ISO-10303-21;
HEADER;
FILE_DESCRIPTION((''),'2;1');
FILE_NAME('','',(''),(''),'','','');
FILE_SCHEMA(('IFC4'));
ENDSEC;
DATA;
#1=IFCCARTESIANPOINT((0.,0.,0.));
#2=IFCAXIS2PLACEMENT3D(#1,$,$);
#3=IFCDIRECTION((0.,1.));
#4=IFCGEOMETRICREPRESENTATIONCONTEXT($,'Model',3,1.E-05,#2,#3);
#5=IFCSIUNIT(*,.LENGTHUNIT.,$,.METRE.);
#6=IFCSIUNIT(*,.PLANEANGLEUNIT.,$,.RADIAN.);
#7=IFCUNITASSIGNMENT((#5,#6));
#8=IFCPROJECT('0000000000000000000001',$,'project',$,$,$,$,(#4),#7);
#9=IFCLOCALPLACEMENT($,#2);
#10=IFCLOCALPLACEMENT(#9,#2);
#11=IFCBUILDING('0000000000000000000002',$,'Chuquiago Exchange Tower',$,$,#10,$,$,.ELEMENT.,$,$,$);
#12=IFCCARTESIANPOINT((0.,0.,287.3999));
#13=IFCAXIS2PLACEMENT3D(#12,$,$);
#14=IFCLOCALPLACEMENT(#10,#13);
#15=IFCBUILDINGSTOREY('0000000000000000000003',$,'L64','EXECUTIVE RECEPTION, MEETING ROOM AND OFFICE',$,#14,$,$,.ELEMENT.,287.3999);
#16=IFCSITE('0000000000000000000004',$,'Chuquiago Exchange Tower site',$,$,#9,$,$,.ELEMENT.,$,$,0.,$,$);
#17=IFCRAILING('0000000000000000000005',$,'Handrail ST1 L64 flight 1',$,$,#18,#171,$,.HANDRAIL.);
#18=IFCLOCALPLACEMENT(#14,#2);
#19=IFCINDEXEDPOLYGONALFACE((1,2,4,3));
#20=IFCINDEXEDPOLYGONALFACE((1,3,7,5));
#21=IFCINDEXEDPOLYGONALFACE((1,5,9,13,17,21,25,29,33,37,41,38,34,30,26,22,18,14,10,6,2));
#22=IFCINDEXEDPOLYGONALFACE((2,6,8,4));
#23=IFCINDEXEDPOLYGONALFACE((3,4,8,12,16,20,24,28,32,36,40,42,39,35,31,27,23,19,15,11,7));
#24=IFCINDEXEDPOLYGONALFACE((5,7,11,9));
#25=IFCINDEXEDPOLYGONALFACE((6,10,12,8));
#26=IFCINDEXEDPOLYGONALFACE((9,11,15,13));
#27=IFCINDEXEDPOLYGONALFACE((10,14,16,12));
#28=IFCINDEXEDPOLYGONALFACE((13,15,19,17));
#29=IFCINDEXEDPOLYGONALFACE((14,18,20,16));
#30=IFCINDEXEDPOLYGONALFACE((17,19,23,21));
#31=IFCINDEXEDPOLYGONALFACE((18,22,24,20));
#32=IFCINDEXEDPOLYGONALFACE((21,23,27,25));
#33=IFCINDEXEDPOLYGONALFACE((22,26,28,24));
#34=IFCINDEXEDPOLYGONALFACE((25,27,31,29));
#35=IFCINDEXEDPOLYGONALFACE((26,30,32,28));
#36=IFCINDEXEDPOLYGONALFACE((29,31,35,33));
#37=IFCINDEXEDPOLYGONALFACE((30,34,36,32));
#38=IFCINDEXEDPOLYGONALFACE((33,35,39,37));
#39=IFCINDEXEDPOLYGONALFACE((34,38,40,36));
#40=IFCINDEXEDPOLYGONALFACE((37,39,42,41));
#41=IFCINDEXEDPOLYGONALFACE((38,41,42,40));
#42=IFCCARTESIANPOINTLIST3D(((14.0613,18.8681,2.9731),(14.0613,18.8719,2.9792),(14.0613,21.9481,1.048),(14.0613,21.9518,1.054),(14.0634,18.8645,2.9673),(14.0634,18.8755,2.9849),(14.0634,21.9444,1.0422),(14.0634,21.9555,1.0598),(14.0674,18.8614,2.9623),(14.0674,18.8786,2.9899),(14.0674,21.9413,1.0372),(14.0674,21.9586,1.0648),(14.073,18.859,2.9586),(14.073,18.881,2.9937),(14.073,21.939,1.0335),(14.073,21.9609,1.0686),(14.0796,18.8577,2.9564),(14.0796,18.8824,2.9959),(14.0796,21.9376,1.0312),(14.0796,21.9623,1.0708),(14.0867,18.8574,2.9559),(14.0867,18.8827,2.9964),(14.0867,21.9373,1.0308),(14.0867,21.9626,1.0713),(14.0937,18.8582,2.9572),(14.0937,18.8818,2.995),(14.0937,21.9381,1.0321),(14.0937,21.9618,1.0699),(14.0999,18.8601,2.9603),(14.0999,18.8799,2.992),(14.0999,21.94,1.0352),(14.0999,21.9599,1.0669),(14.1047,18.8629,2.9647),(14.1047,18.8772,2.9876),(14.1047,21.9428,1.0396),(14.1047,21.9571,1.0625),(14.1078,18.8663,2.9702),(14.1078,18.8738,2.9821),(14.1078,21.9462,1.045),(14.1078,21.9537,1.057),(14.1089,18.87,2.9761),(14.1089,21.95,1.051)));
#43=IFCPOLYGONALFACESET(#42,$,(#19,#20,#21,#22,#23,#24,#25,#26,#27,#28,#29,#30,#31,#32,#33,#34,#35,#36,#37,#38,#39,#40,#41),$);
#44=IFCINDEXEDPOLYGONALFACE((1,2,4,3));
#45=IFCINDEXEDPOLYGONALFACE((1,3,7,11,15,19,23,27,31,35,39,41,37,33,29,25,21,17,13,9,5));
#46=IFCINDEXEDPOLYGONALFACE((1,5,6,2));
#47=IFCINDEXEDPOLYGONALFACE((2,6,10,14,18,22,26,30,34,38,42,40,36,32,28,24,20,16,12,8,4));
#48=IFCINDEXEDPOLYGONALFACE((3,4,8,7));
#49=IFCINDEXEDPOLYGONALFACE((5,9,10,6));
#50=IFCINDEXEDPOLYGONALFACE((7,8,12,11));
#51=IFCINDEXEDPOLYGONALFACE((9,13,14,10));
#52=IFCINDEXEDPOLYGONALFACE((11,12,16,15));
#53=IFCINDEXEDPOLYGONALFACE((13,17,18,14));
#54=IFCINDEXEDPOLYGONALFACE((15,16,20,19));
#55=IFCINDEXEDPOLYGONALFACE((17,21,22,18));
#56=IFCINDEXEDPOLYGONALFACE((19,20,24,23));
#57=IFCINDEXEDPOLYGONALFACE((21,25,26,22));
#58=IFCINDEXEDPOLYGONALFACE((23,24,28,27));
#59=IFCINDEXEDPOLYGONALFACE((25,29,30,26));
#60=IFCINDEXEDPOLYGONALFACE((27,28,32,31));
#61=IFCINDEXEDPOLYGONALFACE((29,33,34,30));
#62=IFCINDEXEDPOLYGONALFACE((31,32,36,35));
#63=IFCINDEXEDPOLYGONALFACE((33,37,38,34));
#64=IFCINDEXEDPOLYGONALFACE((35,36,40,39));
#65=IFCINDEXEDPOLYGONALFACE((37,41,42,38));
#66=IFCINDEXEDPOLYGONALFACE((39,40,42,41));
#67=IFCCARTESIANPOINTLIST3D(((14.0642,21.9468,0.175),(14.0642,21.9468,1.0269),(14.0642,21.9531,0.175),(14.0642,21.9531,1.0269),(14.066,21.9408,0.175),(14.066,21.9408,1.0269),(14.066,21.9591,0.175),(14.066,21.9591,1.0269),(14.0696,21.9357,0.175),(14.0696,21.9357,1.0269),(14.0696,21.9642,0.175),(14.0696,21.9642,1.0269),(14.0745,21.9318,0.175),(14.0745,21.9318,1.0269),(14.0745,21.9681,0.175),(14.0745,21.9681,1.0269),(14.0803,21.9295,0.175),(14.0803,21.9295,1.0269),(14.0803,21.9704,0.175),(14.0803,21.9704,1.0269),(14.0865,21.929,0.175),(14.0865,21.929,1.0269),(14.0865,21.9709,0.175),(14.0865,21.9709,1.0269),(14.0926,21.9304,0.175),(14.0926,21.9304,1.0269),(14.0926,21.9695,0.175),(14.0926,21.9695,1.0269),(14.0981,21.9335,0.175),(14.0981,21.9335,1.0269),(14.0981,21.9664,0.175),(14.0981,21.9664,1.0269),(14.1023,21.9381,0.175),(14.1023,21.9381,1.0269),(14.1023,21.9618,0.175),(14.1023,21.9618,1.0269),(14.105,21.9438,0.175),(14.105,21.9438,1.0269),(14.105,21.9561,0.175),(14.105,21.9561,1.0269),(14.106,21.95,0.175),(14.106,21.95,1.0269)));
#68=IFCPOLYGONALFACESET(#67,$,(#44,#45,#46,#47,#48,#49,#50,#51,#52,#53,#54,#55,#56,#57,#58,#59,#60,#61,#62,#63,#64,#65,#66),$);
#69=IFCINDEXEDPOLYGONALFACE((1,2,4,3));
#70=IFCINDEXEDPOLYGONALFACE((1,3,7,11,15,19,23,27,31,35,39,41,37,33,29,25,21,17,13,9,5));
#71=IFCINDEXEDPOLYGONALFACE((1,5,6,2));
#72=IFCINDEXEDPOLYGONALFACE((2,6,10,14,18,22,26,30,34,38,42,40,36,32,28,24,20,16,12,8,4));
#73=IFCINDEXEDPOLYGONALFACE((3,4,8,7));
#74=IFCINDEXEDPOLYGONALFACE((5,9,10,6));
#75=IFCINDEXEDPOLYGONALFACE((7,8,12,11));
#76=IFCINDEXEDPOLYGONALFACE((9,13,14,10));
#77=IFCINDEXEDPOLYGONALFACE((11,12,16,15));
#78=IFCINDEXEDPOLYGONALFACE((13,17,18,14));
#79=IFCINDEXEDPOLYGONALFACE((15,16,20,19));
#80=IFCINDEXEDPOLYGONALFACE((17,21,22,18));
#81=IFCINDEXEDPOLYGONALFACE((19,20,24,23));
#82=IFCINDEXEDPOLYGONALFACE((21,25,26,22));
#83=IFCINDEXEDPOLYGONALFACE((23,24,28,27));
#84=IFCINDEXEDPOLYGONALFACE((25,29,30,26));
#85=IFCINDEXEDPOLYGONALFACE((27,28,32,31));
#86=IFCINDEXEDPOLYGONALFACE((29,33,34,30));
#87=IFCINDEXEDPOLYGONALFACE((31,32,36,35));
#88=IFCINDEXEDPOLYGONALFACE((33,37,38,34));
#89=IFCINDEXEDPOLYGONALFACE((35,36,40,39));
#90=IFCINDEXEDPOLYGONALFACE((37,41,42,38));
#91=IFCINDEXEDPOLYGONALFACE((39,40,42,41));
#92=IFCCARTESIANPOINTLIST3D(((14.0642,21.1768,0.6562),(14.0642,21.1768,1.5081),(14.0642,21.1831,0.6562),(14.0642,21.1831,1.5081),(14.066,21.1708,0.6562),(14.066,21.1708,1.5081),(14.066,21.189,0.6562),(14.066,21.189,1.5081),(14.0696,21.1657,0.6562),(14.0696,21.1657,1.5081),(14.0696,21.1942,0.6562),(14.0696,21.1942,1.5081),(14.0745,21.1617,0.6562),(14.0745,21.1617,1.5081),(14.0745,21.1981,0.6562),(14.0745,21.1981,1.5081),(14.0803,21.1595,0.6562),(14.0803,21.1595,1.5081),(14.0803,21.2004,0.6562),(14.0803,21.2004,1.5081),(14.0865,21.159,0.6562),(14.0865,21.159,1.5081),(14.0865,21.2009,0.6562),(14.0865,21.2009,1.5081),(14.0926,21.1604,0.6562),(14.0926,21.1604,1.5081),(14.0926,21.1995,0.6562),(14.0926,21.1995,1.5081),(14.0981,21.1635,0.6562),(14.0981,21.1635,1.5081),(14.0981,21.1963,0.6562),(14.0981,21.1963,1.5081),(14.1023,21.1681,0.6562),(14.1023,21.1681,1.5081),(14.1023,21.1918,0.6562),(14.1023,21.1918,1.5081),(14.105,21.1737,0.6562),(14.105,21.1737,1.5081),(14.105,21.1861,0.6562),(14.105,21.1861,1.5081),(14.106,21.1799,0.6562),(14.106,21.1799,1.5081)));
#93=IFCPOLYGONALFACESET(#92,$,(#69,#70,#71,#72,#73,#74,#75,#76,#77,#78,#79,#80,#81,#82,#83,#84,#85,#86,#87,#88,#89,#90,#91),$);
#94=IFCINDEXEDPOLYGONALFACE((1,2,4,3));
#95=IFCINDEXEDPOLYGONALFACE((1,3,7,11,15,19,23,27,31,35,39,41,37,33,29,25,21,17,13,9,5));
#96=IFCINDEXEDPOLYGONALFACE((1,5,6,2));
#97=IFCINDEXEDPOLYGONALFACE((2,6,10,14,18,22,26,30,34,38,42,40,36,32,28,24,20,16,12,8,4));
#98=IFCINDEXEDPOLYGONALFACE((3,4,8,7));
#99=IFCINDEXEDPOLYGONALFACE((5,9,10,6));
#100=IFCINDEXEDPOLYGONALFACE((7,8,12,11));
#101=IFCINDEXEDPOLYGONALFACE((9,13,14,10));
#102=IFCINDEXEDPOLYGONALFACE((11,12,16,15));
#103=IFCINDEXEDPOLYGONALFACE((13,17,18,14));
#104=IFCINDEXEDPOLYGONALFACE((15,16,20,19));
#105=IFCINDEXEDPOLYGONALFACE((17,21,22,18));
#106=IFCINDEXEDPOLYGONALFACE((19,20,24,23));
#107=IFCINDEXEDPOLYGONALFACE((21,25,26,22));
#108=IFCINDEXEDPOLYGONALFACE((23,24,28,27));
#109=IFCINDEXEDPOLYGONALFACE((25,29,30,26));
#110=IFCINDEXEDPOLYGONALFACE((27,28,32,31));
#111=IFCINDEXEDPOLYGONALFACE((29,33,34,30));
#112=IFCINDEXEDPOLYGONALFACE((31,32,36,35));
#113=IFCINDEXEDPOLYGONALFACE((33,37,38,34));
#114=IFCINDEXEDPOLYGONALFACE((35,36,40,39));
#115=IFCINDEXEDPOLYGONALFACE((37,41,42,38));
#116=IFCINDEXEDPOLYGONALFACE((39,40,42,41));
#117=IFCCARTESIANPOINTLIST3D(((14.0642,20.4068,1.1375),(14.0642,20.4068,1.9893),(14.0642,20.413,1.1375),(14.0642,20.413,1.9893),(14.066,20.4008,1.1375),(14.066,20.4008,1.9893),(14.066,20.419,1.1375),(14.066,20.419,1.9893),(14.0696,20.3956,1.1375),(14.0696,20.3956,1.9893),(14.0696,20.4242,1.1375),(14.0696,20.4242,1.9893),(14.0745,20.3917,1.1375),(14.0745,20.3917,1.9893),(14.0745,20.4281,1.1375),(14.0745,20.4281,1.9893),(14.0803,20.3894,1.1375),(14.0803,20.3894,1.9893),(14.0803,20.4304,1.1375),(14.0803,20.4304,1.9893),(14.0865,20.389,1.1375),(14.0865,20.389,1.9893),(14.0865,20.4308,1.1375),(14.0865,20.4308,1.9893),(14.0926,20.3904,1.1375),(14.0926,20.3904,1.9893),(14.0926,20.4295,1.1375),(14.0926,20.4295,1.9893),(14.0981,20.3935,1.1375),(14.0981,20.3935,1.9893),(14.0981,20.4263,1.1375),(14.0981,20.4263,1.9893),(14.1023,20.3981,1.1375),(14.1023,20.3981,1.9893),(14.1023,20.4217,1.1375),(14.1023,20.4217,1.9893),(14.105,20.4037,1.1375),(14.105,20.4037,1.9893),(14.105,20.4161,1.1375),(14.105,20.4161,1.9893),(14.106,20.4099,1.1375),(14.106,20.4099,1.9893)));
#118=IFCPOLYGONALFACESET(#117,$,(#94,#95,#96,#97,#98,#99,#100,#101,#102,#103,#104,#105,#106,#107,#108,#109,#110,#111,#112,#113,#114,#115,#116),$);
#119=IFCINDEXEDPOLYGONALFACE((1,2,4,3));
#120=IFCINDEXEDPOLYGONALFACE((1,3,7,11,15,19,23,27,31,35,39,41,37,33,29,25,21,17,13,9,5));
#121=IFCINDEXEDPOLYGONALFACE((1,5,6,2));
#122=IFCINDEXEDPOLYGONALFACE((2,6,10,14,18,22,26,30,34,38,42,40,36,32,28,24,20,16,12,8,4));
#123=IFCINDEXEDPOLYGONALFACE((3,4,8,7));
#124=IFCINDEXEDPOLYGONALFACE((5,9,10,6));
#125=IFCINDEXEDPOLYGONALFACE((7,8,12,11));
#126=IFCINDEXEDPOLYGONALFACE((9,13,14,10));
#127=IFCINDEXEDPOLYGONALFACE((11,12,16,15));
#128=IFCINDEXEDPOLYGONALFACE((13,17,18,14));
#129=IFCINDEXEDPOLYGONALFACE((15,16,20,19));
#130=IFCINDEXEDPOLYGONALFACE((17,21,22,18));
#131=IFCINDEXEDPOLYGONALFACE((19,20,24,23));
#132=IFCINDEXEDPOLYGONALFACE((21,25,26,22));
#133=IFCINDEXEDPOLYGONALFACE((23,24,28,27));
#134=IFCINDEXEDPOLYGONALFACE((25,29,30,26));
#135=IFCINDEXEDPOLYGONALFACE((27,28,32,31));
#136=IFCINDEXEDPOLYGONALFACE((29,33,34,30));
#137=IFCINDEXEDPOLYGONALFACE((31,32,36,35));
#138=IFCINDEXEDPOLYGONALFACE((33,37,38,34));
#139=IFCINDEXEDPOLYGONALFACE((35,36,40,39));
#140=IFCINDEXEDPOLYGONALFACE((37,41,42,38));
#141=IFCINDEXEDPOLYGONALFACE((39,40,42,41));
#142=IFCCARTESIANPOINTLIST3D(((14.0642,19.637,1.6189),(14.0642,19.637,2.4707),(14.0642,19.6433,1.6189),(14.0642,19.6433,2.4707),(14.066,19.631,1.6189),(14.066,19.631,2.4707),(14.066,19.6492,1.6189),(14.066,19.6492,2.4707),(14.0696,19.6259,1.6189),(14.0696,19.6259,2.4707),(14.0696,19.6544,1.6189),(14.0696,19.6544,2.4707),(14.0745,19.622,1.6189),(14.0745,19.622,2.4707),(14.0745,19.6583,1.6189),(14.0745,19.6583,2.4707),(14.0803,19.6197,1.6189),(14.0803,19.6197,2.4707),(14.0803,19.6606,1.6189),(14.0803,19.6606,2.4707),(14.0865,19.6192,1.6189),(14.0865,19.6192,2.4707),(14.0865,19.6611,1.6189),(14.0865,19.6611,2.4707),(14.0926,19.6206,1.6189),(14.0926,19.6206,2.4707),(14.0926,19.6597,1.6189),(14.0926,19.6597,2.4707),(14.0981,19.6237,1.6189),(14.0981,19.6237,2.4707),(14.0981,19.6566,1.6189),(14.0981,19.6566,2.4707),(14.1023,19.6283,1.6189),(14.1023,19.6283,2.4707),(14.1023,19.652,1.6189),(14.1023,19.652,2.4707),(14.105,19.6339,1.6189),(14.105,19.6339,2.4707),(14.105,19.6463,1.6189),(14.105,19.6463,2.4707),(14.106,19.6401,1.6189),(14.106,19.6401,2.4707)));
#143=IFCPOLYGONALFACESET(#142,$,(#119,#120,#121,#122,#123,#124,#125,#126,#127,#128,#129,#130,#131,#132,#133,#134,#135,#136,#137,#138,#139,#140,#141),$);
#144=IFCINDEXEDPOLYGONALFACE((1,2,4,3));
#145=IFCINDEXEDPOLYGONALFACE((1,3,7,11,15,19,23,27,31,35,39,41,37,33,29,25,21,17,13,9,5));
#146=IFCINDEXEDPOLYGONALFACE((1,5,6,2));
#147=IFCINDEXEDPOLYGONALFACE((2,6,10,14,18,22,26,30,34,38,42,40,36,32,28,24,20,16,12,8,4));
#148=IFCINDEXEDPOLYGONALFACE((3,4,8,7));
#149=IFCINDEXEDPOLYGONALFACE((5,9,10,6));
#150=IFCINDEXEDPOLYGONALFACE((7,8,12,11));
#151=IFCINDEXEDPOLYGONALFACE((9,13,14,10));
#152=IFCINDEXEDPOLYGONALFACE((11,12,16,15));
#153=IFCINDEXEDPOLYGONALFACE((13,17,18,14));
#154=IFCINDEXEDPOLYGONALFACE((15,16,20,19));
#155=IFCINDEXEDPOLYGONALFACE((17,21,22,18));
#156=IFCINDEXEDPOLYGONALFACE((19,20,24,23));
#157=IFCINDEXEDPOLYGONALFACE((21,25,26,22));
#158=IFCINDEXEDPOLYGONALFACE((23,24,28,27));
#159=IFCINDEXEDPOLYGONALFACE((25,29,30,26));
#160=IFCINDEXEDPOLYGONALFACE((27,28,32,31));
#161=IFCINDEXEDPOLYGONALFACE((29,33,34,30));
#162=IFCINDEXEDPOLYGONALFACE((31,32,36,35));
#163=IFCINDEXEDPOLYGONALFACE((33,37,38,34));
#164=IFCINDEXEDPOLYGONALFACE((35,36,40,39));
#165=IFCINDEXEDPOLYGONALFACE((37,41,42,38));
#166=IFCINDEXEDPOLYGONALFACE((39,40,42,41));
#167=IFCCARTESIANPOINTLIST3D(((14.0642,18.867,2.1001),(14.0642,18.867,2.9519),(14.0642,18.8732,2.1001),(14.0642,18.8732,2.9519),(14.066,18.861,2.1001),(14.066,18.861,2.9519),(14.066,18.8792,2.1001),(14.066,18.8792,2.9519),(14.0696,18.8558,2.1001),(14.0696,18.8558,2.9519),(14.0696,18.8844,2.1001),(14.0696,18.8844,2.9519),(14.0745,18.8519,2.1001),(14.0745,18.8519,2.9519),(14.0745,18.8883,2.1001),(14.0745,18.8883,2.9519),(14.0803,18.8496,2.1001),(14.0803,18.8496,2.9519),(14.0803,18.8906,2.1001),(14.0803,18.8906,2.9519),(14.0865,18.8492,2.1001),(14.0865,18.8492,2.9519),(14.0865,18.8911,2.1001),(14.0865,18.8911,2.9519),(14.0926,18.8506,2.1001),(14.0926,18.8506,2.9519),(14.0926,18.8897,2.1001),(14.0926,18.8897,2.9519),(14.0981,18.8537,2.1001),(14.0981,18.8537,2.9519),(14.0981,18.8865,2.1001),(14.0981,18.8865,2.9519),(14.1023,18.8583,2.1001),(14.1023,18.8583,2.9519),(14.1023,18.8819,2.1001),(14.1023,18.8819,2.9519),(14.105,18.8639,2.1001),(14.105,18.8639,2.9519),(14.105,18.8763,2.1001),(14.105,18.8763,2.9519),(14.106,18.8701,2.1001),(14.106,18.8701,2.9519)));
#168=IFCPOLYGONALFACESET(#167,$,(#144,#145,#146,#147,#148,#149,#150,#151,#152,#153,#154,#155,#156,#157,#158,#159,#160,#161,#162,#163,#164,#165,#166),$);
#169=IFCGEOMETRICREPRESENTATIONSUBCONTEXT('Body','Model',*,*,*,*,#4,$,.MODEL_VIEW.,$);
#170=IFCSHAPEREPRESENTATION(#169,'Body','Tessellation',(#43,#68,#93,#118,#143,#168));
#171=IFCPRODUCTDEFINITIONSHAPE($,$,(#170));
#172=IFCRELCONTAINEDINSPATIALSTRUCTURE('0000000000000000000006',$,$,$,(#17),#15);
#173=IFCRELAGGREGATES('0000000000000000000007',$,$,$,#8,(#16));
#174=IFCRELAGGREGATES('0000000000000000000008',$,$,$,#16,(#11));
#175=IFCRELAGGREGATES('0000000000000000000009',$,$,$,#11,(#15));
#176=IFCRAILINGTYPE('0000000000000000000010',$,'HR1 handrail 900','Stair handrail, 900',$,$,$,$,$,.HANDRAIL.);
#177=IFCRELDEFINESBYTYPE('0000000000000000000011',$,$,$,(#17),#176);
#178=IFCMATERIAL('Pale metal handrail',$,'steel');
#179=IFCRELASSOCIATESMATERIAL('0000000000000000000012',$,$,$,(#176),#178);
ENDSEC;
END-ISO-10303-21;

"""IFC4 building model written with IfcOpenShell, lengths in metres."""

from ifc_helpers import new_model, si_unit, direction, frame, origin, origin_2d, place, context, subcontext, project, spatial, circle, extrude, material, type_object, element, save


model = new_model("IFC4")

# Units and contexts
model_context = context("Model", 3, precision=1e-05, world=origin(), true_north=direction((0.0, 1.0)))
body_context = subcontext(model_context, "Body", "Model", "MODEL_VIEW")
ifc_project = project(units=[si_unit("LENGTHUNIT", "METRE"), si_unit("PLANEANGLEUNIT", "RADIAN")], contexts=[model_context])

# Site, building, storey
site_placement = place(None, origin())
site = spatial("IfcSite", under=ifc_project, at=site_placement, Name="Chuquiago Exchange Tower site", CompositionType="ELEMENT", RefElevation=0.0)
building_placement = place(site_placement, origin())
building = spatial("IfcBuilding", under=site, at=building_placement, Name="Chuquiago Exchange Tower", CompositionType="ELEMENT")
storey_placement = place(building_placement, frame((0.0, 0.0, 287.3999)))
storey = spatial("IfcBuildingStorey", under=building, at=storey_placement, Name="L64", Description="EXECUTIVE RECEPTION, MEETING ROOM AND OFFICE", CompositionType="ELEMENT", Elevation=287.3999)

# Railing
ifc_material_1 = material(Name="Pale metal handrail", Category="steel")
railing_type_1 = type_object("IfcRailingType", Name="HR1 handrail 900", Description="Stair handrail, 900", PredefinedType="HANDRAIL", material=ifc_material_1)
for number, where, name in (
    (1, (14.085, 21.95, 0.175), "Handrail ST1 L64 flight 1"),
):
    element("IfcRailing", number, at=place(storey_placement, frame(where)), inside=storey, type_object=railing_type_1, Name=name, PredefinedType="HANDRAIL", context=body_context, shape_type="SweptSolid", body=[
        extrude(circle(Radius=0.0239, at=origin_2d()), frame((0.0, 0.0, 0.876), z_axis=(0.0, -0.847979, 0.530029), x_axis=(1.0, 0.0, 0.0)), (0.0, 0.0, 1.0), 3.6321),
        extrude(circle(Radius=0.021, at=origin_2d()), origin(), (0.0, 0.0, 1.0), 0.8518),
        extrude(circle(Radius=0.021, at=origin_2d()), frame((0.0, -0.77, 0.4812)), (0.0, 0.0, 1.0), 0.8518),
        extrude(circle(Radius=0.021, at=origin_2d()), frame((0.0, -1.54, 0.9624)), (0.0, 0.0, 1.0), 0.8518),
        extrude(circle(Radius=0.021, at=origin_2d()), frame((0.0, -2.3098, 1.4438)), (0.0, 0.0, 1.0), 0.8518),
        extrude(circle(Radius=0.021, at=origin_2d()), frame((0.0, -3.0798, 1.925)), (0.0, 0.0, 1.0), 0.8518),
    ])

save(model, "model.ifc")
